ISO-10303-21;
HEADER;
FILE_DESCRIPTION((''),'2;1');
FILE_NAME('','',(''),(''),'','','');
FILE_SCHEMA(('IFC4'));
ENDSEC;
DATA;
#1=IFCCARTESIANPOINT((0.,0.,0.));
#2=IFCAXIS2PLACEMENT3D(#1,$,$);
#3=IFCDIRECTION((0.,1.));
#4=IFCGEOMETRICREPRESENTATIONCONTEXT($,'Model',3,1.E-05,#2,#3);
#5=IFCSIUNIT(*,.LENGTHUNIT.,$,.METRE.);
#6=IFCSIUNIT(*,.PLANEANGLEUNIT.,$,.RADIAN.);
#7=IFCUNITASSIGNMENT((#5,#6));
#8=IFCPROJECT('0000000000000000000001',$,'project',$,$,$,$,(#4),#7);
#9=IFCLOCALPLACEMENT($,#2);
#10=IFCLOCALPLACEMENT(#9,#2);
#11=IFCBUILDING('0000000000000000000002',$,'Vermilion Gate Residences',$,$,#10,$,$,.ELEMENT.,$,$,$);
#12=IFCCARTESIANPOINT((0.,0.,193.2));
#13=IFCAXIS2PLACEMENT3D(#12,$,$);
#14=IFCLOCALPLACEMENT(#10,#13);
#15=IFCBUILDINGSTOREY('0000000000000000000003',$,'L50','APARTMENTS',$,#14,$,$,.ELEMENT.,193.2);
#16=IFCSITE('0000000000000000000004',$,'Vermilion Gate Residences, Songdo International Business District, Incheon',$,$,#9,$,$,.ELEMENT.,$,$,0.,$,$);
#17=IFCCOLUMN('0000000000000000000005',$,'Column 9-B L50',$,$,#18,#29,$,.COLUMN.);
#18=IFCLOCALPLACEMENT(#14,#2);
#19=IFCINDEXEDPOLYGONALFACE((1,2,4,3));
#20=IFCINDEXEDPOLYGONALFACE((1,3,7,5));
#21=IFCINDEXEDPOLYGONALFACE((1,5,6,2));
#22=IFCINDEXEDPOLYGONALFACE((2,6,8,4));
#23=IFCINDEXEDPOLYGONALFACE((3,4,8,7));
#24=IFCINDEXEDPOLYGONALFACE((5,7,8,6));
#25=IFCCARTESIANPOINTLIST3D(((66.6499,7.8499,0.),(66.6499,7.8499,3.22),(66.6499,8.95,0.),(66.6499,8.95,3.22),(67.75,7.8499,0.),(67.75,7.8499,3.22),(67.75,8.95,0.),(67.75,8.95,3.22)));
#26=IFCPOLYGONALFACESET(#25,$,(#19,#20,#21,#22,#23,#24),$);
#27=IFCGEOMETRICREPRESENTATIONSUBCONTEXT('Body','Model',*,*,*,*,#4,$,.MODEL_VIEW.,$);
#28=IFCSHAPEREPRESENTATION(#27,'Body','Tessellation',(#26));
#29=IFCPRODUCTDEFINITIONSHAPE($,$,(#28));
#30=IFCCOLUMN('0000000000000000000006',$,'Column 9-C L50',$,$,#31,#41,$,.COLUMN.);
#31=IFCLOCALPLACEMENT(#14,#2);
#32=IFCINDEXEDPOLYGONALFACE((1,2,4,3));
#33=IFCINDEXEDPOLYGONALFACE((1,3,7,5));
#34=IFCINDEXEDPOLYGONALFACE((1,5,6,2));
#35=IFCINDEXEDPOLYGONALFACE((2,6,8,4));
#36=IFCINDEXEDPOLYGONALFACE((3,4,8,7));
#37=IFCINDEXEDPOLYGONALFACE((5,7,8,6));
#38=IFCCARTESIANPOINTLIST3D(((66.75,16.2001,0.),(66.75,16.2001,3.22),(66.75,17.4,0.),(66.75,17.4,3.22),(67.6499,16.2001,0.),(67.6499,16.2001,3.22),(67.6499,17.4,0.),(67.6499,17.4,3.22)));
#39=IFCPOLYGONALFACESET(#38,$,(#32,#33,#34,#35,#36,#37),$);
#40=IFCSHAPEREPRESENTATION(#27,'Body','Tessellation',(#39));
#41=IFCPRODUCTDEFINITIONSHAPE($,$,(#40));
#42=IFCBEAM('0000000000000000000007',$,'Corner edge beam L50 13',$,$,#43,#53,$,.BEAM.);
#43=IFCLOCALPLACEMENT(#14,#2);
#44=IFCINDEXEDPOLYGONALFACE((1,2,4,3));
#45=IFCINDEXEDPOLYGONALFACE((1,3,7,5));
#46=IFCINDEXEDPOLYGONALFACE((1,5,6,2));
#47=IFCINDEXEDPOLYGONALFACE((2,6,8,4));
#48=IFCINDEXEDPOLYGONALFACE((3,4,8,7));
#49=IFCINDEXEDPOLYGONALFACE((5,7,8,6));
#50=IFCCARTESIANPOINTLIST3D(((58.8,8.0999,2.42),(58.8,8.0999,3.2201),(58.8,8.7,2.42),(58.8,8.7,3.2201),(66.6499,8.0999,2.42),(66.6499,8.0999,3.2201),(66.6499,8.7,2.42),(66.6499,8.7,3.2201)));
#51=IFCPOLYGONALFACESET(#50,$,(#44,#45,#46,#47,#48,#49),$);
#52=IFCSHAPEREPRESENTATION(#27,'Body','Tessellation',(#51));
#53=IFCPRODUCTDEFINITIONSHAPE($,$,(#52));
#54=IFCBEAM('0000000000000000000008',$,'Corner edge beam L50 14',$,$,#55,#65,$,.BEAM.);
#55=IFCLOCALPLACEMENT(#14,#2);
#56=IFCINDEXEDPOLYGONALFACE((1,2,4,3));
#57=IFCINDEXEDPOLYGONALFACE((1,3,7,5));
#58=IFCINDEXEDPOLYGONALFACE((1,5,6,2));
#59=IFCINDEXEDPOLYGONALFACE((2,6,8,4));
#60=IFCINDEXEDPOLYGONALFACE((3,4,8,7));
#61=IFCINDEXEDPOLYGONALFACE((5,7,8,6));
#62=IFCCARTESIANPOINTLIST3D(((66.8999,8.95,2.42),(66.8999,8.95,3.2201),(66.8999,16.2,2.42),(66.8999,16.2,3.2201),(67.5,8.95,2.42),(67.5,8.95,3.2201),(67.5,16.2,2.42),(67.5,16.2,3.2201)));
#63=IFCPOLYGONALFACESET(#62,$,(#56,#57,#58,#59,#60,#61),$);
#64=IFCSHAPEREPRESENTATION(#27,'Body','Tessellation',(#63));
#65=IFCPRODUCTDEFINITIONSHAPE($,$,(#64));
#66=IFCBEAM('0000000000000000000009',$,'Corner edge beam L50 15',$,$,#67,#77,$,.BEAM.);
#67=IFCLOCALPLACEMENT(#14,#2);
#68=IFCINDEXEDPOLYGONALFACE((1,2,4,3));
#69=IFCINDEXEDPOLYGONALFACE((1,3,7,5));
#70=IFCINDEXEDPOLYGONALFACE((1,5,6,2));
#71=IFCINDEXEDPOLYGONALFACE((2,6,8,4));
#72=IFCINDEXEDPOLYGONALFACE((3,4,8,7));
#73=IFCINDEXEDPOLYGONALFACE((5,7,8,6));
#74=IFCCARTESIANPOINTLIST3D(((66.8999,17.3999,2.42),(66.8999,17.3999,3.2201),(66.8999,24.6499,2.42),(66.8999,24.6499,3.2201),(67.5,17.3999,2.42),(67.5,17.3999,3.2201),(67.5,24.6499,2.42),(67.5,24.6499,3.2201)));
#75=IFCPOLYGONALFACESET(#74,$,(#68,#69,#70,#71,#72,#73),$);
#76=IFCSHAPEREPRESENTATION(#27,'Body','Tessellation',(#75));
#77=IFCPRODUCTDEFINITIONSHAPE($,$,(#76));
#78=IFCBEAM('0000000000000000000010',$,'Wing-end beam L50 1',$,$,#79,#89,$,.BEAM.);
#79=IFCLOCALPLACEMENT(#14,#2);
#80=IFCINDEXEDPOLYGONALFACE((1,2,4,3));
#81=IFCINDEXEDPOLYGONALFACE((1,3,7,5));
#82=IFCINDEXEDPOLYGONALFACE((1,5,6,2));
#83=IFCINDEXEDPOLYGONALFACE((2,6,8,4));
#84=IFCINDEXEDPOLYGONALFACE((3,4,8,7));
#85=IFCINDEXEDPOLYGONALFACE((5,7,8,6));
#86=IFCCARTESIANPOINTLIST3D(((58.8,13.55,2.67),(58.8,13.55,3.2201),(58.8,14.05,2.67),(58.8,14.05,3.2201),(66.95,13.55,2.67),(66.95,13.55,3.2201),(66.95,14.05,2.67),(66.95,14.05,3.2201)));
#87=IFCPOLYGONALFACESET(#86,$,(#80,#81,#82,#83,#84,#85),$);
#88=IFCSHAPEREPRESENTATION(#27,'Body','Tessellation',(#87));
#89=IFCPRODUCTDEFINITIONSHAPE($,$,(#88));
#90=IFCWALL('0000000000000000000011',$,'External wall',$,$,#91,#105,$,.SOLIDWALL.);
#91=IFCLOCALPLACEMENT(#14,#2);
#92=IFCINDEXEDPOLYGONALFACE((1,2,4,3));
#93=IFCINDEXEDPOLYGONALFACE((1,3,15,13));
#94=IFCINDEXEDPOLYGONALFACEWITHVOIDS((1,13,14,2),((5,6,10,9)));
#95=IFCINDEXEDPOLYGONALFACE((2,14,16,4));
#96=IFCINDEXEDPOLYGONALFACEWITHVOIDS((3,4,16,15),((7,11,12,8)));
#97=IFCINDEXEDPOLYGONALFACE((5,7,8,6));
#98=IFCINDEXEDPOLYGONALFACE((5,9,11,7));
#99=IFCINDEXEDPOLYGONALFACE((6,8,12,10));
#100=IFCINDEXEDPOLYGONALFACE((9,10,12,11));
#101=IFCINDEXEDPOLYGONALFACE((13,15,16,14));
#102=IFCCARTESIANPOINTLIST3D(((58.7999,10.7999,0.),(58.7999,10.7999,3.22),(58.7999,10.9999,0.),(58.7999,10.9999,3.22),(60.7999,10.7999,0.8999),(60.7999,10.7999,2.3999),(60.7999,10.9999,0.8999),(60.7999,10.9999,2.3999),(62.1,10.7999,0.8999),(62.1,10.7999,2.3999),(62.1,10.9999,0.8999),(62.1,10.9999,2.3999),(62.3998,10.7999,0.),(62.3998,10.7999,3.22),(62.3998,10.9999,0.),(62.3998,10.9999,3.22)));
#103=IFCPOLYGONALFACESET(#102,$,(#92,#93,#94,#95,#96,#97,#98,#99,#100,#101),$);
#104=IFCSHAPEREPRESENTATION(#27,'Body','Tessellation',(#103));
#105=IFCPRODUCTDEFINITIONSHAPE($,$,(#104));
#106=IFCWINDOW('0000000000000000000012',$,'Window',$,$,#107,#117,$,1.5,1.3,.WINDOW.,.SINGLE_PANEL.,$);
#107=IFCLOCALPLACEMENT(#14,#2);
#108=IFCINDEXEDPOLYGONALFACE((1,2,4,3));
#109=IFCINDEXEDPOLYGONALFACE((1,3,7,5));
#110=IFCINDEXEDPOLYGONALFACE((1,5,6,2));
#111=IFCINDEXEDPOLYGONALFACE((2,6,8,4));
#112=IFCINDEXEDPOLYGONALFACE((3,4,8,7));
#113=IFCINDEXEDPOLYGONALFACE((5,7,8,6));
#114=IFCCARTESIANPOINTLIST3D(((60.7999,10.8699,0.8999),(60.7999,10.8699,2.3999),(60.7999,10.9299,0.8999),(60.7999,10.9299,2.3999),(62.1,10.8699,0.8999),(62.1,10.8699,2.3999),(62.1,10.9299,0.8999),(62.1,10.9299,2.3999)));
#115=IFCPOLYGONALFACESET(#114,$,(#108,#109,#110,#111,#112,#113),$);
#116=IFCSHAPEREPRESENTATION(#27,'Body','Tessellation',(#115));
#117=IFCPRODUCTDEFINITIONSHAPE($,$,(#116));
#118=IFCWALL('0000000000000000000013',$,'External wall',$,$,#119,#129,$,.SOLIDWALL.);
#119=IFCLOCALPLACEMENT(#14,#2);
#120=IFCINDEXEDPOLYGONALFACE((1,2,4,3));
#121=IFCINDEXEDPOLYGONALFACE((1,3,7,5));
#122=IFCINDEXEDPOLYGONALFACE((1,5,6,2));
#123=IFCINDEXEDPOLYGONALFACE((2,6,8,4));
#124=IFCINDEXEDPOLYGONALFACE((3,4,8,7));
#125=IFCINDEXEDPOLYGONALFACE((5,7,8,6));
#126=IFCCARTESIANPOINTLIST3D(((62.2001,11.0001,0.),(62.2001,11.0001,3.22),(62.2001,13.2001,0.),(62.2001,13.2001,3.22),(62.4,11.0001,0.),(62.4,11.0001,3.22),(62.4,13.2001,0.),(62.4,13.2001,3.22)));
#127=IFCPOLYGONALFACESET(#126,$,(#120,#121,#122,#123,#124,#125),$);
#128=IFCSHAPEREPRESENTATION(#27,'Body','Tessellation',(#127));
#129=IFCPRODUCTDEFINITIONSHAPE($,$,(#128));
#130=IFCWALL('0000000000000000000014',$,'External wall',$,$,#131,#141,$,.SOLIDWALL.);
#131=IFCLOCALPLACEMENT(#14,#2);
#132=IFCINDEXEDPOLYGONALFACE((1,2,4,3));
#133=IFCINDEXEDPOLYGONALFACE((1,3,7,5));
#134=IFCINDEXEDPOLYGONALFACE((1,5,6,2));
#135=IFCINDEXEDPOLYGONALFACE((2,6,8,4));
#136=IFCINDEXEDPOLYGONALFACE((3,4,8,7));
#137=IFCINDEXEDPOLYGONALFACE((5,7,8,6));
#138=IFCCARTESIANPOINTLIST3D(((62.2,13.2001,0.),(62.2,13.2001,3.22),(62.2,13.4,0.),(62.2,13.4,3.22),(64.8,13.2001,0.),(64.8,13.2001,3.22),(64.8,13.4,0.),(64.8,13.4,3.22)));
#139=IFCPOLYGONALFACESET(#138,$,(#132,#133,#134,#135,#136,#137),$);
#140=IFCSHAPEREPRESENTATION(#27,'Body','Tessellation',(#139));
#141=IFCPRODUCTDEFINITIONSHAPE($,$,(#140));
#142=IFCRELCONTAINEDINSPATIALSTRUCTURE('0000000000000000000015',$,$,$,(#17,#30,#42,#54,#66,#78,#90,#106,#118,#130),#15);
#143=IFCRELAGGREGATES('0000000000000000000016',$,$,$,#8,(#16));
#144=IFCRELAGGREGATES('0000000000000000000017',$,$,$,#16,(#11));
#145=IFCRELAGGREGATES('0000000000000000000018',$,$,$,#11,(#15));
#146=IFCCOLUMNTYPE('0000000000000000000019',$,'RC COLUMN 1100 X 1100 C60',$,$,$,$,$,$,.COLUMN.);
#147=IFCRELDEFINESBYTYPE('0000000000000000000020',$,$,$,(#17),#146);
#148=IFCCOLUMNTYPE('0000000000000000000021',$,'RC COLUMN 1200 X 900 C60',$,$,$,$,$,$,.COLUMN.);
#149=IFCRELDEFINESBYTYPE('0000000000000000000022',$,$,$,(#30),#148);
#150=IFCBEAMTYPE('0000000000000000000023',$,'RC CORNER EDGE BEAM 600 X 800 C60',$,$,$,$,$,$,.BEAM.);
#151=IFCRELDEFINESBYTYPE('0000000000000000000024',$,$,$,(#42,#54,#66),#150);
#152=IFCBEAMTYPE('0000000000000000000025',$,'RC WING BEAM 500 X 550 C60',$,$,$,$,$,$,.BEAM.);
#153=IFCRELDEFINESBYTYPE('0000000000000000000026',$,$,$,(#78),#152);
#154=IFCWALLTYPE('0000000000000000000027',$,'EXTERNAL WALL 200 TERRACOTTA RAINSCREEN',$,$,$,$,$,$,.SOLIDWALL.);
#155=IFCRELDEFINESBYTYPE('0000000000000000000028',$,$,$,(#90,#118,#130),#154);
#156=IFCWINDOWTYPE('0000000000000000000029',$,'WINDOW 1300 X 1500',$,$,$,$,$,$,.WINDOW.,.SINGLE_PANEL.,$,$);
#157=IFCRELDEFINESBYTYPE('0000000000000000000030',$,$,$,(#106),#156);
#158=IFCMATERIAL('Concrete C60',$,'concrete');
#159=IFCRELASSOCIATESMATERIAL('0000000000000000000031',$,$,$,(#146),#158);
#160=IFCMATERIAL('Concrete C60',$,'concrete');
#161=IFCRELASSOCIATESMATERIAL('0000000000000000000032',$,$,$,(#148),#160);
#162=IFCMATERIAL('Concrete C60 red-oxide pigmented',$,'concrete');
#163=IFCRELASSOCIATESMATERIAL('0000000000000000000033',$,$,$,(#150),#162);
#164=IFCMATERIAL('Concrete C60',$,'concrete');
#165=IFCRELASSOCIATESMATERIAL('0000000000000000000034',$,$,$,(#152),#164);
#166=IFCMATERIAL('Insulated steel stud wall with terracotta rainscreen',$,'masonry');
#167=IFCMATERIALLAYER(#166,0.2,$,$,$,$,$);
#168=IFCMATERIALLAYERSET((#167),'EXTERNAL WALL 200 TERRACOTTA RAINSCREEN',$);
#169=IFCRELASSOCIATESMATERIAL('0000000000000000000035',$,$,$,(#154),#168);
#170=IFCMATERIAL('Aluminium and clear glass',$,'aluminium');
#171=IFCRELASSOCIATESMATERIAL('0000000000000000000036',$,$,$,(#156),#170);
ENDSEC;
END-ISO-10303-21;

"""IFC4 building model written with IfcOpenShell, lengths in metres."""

from ifc_helpers import new_model, si_unit, direction, frame, frame_2d, origin, origin_2d, place, context, subcontext, project, spatial, rectangle, extrude, material, layer, layer_set, material_profile, profile_set, type_object, element, fill, save


model = new_model("IFC4")

# Units and contexts
model_context = context("Model", 3, precision=1e-05, world=origin(), true_north=direction((0.0, 1.0)))
body_context = subcontext(model_context, "Body", "Model", "MODEL_VIEW")
ifc_project = project(units=[si_unit("LENGTHUNIT", "METRE"), si_unit("PLANEANGLEUNIT", "RADIAN")], contexts=[model_context])

# Site, building, storey
site_placement = place(None, origin())
site = spatial("IfcSite", under=ifc_project, at=site_placement, Name="Vermilion Gate Residences, Songdo International Business District, Incheon", CompositionType="ELEMENT", RefElevation=0.0)
building_placement = place(site_placement, origin())
building = spatial("IfcBuilding", under=site, at=building_placement, Name="Vermilion Gate Residences", CompositionType="ELEMENT")
storey_placement = place(building_placement, frame((0.0, 0.0, 193.2)))
storey = spatial("IfcBuildingStorey", under=building, at=storey_placement, Name="L50", Description="APARTMENTS", CompositionType="ELEMENT", Elevation=193.2)

# Columns
ifc_material_1 = material(Name="Concrete C60", Category="concrete")
ifc_material_profile_1 = material_profile(ifc_material_1, rectangle(XDim=1.1001, YDim=1.1001, at=origin_2d()), Name="RC-1100x1100")
ifc_profile_set_1 = profile_set([ifc_material_profile_1], Name="Concrete C60")
column_type_1 = type_object("IfcColumnType", Name="RC COLUMN 1100 X 1100 C60", PredefinedType="COLUMN", material=ifc_profile_set_1)
column_1_placement = place(storey_placement, frame((67.2, 8.3999, 0.0), z_axis=(0.0, 0.0, 1.0), x_axis=(1.0, 0.0, 0.0)))
element("IfcColumn", 1, at=column_1_placement, inside=storey, type_object=column_type_1, Name="Column 9-B L50", PredefinedType="COLUMN", context=body_context, shape_type="SweptSolid", body=[
    extrude(rectangle(XDim=1.1001, YDim=1.1001, at=origin_2d()), origin(), (0.0, 0.0, 1.0), 3.22),
])
ifc_material_2 = material(Name="Concrete C60", Category="concrete")
ifc_material_profile_2 = material_profile(ifc_material_2, rectangle(XDim=1.2, YDim=0.8999, at=origin_2d()), Name="RC-1200x900")
ifc_profile_set_2 = profile_set([ifc_material_profile_2], Name="Concrete C60")
column_type_2 = type_object("IfcColumnType", Name="RC COLUMN 1200 X 900 C60", PredefinedType="COLUMN", material=ifc_profile_set_2)
column_2_placement = place(storey_placement, frame((67.2, 16.8, 0.0), z_axis=(0.0, 0.0, 1.0), x_axis=(0.0, 1.0, 0.0)))
element("IfcColumn", 2, at=column_2_placement, inside=storey, type_object=column_type_2, Name="Column 9-C L50", PredefinedType="COLUMN", context=body_context, shape_type="SweptSolid", body=[
    extrude(rectangle(XDim=1.2, YDim=0.8999, at=origin_2d()), origin(), (0.0, 0.0, 1.0), 3.22),
])

# Beams
ifc_material_3 = material(Name="Concrete C60 red-oxide pigmented", Category="concrete")
ifc_material_profile_3 = material_profile(ifc_material_3, rectangle(XDim=0.6001, YDim=0.8, at=origin_2d()), Name="RC-600x800")
ifc_profile_set_3 = profile_set([ifc_material_profile_3], Name="Concrete C60 red-oxide pigmented")
beam_type_1 = type_object("IfcBeamType", Name="RC CORNER EDGE BEAM 600 X 800 C60", PredefinedType="BEAM", material=ifc_profile_set_3)
beam_1_placement = place(storey_placement, frame((58.8, 8.3999, 2.8201), z_axis=(1.0, 0.0, 0.0), x_axis=(0.0, 1.0, 0.0)))
element("IfcBeam", 3, at=beam_1_placement, inside=storey, type_object=beam_type_1, Name="Corner edge beam L50 13", PredefinedType="BEAM", context=body_context, shape_type="SweptSolid", body=[
    extrude(rectangle(XDim=0.6001, YDim=0.8, at=origin_2d()), origin(), (0.0, 0.0, 1.0), 7.8499),
])
for number, where, z_axis, x_axis, name in (
    (4, (67.2, 8.95, 2.8201), (0.0, 1.0, 0.0), (-1.0, 0.0, 0.0), "Corner edge beam L50 14"),
    (5, (67.2, 17.3999, 2.8201), (0.0, 1.0, 0.0), (-1.0, 0.0, 0.0), "Corner edge beam L50 15"),
):
    element("IfcBeam", number, at=place(storey_placement, frame(where, z_axis=z_axis, x_axis=x_axis)), inside=storey, type_object=beam_type_1, Name=name, PredefinedType="BEAM", context=body_context, shape_type="SweptSolid", body=[
        extrude(rectangle(XDim=0.6001, YDim=0.8, at=origin_2d()), origin(), (0.0, 0.0, 1.0), 7.25),
    ])
ifc_material_4 = material(Name="Concrete C60", Category="concrete")
ifc_material_profile_4 = material_profile(ifc_material_4, rectangle(XDim=0.5, YDim=0.55, at=origin_2d()), Name="RC-500x550")
ifc_profile_set_4 = profile_set([ifc_material_profile_4], Name="Concrete C60")
beam_type_2 = type_object("IfcBeamType", Name="RC WING BEAM 500 X 550 C60", PredefinedType="BEAM", material=ifc_profile_set_4)
beam_2_placement = place(storey_placement, frame((58.8, 13.8, 2.9451), z_axis=(1.0, 0.0, 0.0), x_axis=(0.0, 1.0, 0.0)))
element("IfcBeam", 6, at=beam_2_placement, inside=storey, type_object=beam_type_2, Name="Wing-end beam L50 1", PredefinedType="BEAM", context=body_context, shape_type="SweptSolid", body=[
    extrude(rectangle(XDim=0.5, YDim=0.55, at=origin_2d()), origin(), (0.0, 0.0, 1.0), 8.1499),
])

# Wall, opening, window
ifc_material_5 = material(Name="Insulated steel stud wall with terracotta rainscreen", Category="masonry")
ifc_layer_1 = layer(ifc_material_5, 0.2)
ifc_layer_set_1 = layer_set([ifc_layer_1], Name="EXTERNAL WALL 200 TERRACOTTA RAINSCREEN")
wall_type_1 = type_object("IfcWallType", Name="EXTERNAL WALL 200 TERRACOTTA RAINSCREEN", PredefinedType="SOLIDWALL", material=ifc_layer_set_1)
wall_1_placement = place(storey_placement, frame((58.8, 10.8999, 0.0), z_axis=(0.0, 0.0, 1.0), x_axis=(1.0, 0.0, 0.0)))
wall_1 = element("IfcWall", 7, at=wall_1_placement, inside=storey, type_object=wall_type_1, Name="External wall", PredefinedType="SOLIDWALL", context=body_context, shape_type="SweptSolid", body=[
    extrude(rectangle(XDim=3.5999, YDim=0.2, at=frame_2d((1.7998, 0.0))), origin(), (0.0, 0.0, 1.0), 3.22),
])
opening_1_placement = place(wall_1_placement, frame((2.0, 0.0, 0.8999)))
opening_1 = element("IfcOpeningElement", 8, at=opening_1_placement, cuts=wall_1, PredefinedType="OPENING", context=body_context, shape_type="SweptSolid", body=[
    extrude(rectangle(XDim=1.3, YDim=1.5, at=frame_2d((0.6499, 0.75))), frame((0.0, 0.1099, 0.0), z_axis=(0.0, -1.0, 0.0), x_axis=(1.0, 0.0, 0.0)), (0.0, 0.0, 1.0), 0.22),
])
ifc_material_6 = material(Name="Aluminium and clear glass", Category="aluminium")
window_type_1 = type_object("IfcWindowType", Name="WINDOW 1300 X 1500", PartitioningType="SINGLE_PANEL", PredefinedType="WINDOW", material=ifc_material_6)
window_1_placement = place(opening_1_placement, origin())
window_1 = element("IfcWindow", 9, at=window_1_placement, inside=storey, type_object=window_type_1, Name="Window", OverallHeight=1.5, OverallWidth=1.3, PartitioningType="SINGLE_PANEL", PredefinedType="WINDOW", context=body_context, shape_type="SweptSolid", body=[
    extrude(rectangle(XDim=1.3, YDim=1.5, at=frame_2d((0.6499, 0.75))), frame((0.0, 0.03, 0.0), z_axis=(0.0, -1.0, 0.0), x_axis=(1.0, 0.0, 0.0)), (0.0, 0.0, 1.0), 0.0601),
])
fill(opening_1, window_1)

# Walls
wall_2_placement = place(storey_placement, frame((62.3, 11.0, 0.0), z_axis=(0.0, 0.0, 1.0), x_axis=(0.0, 1.0, 0.0)))
element("IfcWall", 10, at=wall_2_placement, inside=storey, type_object=wall_type_1, Name="External wall", PredefinedType="SOLIDWALL", context=body_context, shape_type="SweptSolid", body=[
    extrude(rectangle(XDim=2.2, YDim=0.2, at=frame_2d((1.1001, 0.0))), origin(), (0.0, 0.0, 1.0), 3.22),
])
wall_3_placement = place(storey_placement, frame((62.2, 13.3, 0.0), z_axis=(0.0, 0.0, 1.0), x_axis=(1.0, 0.0, 0.0)))
element("IfcWall", 11, at=wall_3_placement, inside=storey, type_object=wall_type_1, Name="External wall", PredefinedType="SOLIDWALL", context=body_context, shape_type="SweptSolid", body=[
    extrude(rectangle(XDim=2.6001, YDim=0.2, at=frame_2d((1.3, 0.0))), origin(), (0.0, 0.0, 1.0), 3.22),
])

save(model, "model.ifc")
